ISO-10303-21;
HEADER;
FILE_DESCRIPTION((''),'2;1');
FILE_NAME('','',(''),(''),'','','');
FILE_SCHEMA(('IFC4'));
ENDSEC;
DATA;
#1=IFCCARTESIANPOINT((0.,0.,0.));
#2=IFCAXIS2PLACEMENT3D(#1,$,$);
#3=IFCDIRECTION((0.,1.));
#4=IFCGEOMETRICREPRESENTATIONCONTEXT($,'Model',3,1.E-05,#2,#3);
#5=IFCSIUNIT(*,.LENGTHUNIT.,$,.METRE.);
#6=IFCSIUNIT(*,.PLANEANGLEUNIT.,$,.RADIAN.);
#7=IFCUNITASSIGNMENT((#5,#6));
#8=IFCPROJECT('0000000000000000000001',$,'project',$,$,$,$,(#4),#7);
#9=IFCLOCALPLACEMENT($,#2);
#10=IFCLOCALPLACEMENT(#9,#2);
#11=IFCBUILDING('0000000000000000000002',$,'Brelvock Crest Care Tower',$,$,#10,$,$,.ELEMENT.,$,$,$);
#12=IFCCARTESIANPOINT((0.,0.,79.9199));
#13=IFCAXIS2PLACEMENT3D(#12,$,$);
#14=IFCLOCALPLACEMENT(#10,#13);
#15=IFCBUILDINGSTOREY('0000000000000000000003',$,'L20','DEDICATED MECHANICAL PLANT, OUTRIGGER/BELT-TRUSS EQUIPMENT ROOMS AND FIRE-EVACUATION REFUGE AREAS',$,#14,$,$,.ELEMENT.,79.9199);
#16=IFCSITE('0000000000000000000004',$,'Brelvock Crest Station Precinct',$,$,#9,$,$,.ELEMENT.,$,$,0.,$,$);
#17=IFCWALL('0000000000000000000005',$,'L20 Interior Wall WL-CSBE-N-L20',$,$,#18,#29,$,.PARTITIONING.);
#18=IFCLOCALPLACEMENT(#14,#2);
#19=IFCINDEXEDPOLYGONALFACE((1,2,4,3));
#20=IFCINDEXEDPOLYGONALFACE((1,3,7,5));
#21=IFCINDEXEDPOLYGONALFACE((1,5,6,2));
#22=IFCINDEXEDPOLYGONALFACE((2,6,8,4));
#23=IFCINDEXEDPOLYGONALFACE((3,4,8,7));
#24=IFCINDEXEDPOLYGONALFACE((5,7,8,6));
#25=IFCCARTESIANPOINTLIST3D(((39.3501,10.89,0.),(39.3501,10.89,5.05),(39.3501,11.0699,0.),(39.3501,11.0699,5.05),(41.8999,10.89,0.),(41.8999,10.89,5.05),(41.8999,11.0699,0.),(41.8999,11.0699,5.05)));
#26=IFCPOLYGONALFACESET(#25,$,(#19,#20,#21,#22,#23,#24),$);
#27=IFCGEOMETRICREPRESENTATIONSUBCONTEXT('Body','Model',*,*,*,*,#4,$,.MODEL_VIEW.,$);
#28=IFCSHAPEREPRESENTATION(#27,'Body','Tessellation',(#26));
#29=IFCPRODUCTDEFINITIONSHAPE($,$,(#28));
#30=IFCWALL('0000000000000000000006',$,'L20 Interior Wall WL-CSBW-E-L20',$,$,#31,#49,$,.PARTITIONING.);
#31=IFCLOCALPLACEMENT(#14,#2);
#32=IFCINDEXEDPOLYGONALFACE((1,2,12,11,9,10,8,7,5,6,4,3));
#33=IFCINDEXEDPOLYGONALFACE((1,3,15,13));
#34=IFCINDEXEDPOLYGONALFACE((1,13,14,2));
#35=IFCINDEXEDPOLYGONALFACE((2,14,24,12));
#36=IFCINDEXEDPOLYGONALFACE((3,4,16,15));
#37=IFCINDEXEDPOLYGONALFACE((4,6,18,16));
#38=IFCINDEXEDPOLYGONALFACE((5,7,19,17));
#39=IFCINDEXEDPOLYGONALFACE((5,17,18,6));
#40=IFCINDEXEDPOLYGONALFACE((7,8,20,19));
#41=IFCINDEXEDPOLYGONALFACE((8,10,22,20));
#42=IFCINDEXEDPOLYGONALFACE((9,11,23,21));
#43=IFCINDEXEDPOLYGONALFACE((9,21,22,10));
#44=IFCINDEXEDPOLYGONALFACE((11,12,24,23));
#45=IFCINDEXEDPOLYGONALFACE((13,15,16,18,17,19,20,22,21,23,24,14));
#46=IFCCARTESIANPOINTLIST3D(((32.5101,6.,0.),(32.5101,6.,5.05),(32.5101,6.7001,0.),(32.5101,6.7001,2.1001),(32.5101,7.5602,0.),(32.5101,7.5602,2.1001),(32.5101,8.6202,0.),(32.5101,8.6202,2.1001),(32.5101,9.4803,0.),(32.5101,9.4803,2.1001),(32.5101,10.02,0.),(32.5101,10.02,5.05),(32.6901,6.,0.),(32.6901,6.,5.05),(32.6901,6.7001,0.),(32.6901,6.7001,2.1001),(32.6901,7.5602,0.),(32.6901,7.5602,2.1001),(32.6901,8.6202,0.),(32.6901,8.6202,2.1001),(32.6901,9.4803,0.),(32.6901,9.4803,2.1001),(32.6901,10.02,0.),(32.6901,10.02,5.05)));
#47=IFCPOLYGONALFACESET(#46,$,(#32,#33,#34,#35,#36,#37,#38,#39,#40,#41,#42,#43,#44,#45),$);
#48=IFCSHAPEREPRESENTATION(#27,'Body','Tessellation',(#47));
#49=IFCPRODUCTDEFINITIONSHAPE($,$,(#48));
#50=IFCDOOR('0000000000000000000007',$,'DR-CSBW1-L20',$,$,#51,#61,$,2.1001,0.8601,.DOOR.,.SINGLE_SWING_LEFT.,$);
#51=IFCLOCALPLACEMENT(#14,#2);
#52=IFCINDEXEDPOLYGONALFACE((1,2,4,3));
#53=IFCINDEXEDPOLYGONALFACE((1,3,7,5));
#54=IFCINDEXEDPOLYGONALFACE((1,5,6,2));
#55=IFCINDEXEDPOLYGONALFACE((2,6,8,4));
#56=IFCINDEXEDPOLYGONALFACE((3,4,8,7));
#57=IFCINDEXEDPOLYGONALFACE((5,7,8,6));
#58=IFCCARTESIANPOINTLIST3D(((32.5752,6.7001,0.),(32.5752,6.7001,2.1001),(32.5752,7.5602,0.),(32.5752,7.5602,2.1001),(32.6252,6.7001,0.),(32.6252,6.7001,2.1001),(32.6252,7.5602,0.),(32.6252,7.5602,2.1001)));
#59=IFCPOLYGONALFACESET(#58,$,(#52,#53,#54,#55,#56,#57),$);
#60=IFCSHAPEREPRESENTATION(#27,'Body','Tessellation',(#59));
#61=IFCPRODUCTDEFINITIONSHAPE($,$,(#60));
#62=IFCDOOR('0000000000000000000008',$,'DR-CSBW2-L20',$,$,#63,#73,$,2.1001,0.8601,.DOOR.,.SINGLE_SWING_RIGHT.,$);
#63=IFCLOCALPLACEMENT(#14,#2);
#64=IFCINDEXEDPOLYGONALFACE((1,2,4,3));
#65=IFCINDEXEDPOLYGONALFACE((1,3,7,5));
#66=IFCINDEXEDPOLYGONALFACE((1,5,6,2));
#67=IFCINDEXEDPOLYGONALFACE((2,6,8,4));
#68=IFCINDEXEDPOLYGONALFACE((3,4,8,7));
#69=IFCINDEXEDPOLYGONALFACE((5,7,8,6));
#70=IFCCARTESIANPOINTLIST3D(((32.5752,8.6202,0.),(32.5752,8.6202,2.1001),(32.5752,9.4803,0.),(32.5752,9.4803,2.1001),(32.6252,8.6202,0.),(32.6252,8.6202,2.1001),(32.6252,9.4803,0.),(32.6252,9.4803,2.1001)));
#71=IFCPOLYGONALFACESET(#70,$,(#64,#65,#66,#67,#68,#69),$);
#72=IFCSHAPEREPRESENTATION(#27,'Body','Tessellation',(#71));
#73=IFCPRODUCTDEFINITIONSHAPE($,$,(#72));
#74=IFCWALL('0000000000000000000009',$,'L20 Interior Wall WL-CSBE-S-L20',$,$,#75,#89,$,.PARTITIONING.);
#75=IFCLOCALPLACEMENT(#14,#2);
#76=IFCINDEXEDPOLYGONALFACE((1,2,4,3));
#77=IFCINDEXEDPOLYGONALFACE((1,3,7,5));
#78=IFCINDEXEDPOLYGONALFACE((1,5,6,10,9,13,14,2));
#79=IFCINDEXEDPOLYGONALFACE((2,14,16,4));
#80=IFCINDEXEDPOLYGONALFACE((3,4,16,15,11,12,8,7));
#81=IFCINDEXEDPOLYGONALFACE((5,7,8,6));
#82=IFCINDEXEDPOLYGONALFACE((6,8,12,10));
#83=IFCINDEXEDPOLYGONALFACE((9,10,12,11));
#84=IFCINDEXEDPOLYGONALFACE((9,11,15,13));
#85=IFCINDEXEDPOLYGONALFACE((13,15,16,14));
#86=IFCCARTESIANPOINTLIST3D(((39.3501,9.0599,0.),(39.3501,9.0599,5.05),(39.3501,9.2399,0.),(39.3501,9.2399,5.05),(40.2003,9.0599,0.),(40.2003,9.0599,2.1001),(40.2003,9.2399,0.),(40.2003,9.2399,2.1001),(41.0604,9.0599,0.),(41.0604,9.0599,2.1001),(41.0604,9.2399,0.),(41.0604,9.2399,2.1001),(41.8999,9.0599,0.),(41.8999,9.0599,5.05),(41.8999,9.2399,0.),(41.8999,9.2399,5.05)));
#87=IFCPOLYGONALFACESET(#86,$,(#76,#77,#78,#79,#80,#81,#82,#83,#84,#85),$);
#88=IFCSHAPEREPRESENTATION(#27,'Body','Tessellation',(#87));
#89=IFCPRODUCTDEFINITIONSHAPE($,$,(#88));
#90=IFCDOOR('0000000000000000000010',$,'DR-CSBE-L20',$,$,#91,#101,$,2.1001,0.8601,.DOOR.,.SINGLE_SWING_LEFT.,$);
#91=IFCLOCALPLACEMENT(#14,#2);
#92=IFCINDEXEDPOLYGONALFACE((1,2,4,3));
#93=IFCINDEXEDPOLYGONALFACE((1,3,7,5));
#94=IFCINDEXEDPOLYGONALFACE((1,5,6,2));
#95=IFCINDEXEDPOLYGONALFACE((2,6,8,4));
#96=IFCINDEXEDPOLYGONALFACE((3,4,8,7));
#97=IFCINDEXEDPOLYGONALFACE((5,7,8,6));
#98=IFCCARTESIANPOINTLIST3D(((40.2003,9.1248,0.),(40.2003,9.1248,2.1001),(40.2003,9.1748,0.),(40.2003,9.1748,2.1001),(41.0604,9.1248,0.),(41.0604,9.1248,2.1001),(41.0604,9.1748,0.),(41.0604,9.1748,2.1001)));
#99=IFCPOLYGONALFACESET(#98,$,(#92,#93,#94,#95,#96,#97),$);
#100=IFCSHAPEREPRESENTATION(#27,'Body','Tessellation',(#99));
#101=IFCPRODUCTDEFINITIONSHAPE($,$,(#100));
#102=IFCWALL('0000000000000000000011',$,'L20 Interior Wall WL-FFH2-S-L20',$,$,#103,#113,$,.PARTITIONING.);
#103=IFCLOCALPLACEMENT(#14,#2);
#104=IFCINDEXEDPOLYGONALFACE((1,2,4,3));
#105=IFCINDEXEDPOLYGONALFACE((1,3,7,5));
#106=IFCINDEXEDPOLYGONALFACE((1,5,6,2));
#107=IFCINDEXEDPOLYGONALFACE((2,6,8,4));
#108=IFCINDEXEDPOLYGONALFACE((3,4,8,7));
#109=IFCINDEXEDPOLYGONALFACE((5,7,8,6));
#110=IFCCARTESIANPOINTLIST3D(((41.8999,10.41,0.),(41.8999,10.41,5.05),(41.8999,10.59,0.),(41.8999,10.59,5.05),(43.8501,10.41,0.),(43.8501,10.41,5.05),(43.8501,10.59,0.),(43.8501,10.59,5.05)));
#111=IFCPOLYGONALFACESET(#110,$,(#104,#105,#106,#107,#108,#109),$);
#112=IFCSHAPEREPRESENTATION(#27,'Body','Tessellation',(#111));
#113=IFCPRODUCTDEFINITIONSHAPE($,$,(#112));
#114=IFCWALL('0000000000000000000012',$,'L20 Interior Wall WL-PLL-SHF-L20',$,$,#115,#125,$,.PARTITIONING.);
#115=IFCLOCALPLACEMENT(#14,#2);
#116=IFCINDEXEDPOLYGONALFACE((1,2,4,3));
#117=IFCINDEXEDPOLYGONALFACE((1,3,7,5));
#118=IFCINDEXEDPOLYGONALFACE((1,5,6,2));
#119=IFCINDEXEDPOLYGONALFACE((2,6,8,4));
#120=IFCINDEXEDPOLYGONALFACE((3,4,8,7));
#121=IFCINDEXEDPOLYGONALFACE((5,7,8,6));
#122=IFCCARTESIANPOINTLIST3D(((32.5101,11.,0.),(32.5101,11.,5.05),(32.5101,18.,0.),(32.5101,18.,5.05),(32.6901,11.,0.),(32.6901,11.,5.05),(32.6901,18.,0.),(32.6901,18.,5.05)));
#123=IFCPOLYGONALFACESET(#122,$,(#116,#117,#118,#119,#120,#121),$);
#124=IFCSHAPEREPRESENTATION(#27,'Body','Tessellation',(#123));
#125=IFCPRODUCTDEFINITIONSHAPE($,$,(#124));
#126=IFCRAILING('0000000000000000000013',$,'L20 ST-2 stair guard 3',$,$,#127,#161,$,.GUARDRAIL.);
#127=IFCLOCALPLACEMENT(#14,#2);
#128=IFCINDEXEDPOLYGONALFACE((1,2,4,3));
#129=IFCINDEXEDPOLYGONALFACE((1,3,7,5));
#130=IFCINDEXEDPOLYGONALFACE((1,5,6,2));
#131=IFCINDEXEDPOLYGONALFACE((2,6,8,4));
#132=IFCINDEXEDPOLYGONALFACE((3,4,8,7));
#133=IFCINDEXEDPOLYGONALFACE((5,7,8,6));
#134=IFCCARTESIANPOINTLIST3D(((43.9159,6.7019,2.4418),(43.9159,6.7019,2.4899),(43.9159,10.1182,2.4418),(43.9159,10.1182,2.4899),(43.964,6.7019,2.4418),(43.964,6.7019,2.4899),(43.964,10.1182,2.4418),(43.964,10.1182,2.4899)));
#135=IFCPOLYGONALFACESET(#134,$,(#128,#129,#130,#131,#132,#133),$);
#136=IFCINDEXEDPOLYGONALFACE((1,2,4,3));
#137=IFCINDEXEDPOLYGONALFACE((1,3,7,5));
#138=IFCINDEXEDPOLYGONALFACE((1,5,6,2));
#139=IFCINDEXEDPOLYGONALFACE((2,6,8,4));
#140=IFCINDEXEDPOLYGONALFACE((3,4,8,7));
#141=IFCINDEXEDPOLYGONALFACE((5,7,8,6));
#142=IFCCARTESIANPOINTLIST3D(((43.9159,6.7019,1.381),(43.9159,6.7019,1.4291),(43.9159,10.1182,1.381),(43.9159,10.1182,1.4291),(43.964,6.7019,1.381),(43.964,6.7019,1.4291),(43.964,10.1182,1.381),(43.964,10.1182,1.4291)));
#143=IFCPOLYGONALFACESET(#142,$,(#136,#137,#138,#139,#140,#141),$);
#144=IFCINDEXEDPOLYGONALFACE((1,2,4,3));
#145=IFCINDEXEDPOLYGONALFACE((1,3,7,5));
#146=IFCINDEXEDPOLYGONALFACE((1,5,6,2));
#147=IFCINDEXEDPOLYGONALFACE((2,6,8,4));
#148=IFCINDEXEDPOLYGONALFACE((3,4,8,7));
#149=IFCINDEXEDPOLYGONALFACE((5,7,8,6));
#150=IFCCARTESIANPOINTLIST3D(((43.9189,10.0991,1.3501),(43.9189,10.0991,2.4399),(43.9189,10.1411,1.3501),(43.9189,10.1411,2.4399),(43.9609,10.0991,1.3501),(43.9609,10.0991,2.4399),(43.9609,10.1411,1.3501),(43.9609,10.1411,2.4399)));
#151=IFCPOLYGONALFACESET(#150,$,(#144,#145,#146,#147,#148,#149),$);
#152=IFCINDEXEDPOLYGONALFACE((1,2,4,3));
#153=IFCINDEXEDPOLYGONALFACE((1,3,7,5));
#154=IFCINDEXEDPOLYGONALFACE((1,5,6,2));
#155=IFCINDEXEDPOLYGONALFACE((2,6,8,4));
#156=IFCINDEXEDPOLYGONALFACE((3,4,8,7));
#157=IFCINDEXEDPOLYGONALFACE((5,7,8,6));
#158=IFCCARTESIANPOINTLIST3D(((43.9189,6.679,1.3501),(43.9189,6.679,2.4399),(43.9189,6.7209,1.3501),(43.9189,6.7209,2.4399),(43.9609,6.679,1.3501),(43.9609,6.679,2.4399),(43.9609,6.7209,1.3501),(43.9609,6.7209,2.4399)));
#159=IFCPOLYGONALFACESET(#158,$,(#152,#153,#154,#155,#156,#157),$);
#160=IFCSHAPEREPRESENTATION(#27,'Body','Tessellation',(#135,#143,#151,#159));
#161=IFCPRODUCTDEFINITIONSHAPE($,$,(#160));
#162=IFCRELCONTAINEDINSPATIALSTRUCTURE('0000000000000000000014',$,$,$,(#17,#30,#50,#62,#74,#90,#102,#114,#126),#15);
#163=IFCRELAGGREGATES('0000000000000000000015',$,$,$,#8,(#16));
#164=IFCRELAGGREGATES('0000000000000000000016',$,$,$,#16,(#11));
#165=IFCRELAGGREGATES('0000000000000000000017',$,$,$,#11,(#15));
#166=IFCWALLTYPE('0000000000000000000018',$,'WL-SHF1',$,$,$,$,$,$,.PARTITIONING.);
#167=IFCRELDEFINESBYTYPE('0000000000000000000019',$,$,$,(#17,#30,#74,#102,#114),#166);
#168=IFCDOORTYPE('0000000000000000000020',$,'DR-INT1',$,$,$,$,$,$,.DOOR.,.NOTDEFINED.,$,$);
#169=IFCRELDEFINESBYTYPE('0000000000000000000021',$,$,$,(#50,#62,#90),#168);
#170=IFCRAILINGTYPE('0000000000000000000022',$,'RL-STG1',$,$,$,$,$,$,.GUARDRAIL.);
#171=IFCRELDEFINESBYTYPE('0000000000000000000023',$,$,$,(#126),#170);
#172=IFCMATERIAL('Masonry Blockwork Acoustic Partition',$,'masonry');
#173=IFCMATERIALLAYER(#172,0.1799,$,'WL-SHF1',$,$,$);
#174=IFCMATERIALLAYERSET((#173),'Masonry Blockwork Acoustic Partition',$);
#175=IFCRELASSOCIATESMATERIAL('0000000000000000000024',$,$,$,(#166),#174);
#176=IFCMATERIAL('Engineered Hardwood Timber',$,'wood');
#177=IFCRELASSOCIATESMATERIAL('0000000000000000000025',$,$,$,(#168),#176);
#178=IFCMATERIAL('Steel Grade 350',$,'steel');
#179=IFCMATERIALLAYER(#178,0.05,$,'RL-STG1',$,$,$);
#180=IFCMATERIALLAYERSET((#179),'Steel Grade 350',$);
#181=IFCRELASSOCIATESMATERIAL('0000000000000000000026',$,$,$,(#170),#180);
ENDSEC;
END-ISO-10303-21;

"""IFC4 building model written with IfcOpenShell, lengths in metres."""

from ifc_helpers import new_model, si_unit, direction, frame, frame_2d, origin, origin_2d, place, context, subcontext, project, spatial, rectangle, extrude, source, transform, mapped, material, layer, layer_set, type_object, element, fill, save


model = new_model("IFC4")

# Units and contexts
model_context = context("Model", 3, precision=1e-05, world=origin(), true_north=direction((0.0, 1.0)))
body_context = subcontext(model_context, "Body", "Model", "MODEL_VIEW")
ifc_project = project(units=[si_unit("LENGTHUNIT", "METRE"), si_unit("PLANEANGLEUNIT", "RADIAN")], contexts=[model_context])

# Site, building, storey
site_placement = place(None, origin())
site = spatial("IfcSite", under=ifc_project, at=site_placement, Name="Brelvock Crest Station Precinct", CompositionType="ELEMENT", RefElevation=0.0)
building_placement = place(site_placement, origin())
building = spatial("IfcBuilding", under=site, at=building_placement, Name="Brelvock Crest Care Tower", CompositionType="ELEMENT")
storey_placement = place(building_placement, frame((0.0, 0.0, 79.9199)))
storey = spatial("IfcBuildingStorey", under=building, at=storey_placement, Name="L20", Description="DEDICATED MECHANICAL PLANT, OUTRIGGER/BELT-TRUSS EQUIPMENT ROOMS AND FIRE-EVACUATION REFUGE AREAS", CompositionType="ELEMENT", Elevation=79.9199)

# Shared definitions
ifc_material_1 = material(Name="Steel Grade 350", Category="steel")

# Wall
ifc_material_2 = material(Name="Masonry Blockwork Acoustic Partition", Category="masonry")
ifc_layer_1 = layer(ifc_material_2, 0.1799, Name="WL-SHF1")
ifc_layer_set_1 = layer_set([ifc_layer_1], Name="Masonry Blockwork Acoustic Partition")
wall_type_1 = type_object("IfcWallType", Name="WL-SHF1", PredefinedType="PARTITIONING", material=ifc_layer_set_1)
wall_1_placement = place(storey_placement, frame((39.3501, 10.98, 0.0), z_axis=(0.0, 0.0, 1.0), x_axis=(1.0, 0.0, 0.0)))
element("IfcWall", 1, at=wall_1_placement, inside=storey, type_object=wall_type_1, Name="L20 Interior Wall WL-CSBE-N-L20", PredefinedType="PARTITIONING", context=body_context, shape_type="SweptSolid", body=[
    extrude(rectangle(XDim=2.5498, YDim=0.1799, at=frame_2d((1.2749, 0.0))), origin(), (0.0, 0.0, 1.0), 5.05),
])

# Wall, openings, doors
wall_2_placement = place(storey_placement, frame((32.6001, 6.0, 0.0), z_axis=(0.0, 0.0, 1.0), x_axis=(0.0, 1.0, 0.0)))
wall_2 = element("IfcWall", 2, at=wall_2_placement, inside=storey, type_object=wall_type_1, Name="L20 Interior Wall WL-CSBW-E-L20", PredefinedType="PARTITIONING", context=body_context, shape_type="SweptSolid", body=[
    extrude(rectangle(XDim=4.02, YDim=0.1799, at=frame_2d((2.01, 0.0))), origin(), (0.0, 0.0, 1.0), 5.05),
])
opening_1_placement = place(wall_2_placement, frame((0.7, 0.0, 0.0)))
opening_1 = element("IfcOpeningElement", 3, at=opening_1_placement, cuts=wall_2, PredefinedType="OPENING", context=body_context, shape_type="SweptSolid", body=[
    extrude(rectangle(XDim=0.8601, YDim=2.1001, at=origin_2d()), frame((0.4302, 0.1001, 1.05), z_axis=(0.0, -1.0, 0.0), x_axis=(1.0, 0.0, 0.0)), (0.0, 0.0, 1.0), 0.2),
])
opening_2_placement = place(wall_2_placement, frame((2.6201, 0.0, 0.0)))
opening_2 = element("IfcOpeningElement", 4, at=opening_2_placement, cuts=wall_2, PredefinedType="OPENING", context=body_context, shape_type="SweptSolid", body=[
    extrude(rectangle(XDim=0.8601, YDim=2.1001, at=origin_2d()), frame((0.4302, 0.1001, 1.05), z_axis=(0.0, -1.0, 0.0), x_axis=(1.0, 0.0, 0.0)), (0.0, 0.0, 1.0), 0.2),
])
ifc_material_3 = material(Name="Engineered Hardwood Timber", Category="wood")
door_type = type_object("IfcDoorType", Name="DR-INT1", OperationType="NOTDEFINED", PredefinedType="DOOR", material=ifc_material_3)
shared_shape_1 = source(origin(), body_context, "Body", "SweptSolid", [
    extrude(rectangle(XDim=0.8601, YDim=2.1001, at=origin_2d()), frame((0.4302, 0.0249, 1.05), z_axis=(0.0, -1.0, 0.0), x_axis=(1.0, 0.0, 0.0)), (0.0, 0.0, 1.0), 0.05),
])
door_1_placement = place(opening_1_placement, origin())
door_1 = element("IfcDoor", 5, at=door_1_placement, inside=storey, type_object=door_type, Name="DR-CSBW1-L20", OperationType="SINGLE_SWING_LEFT", OverallHeight=2.1001, OverallWidth=0.8601, PredefinedType="DOOR", context=body_context, shape_type="MappedRepresentation", body=[
    mapped(shared_shape_1, transform((0.0, 0.0, 0.0), x_axis=(1.0, 0.0, 0.0), y_axis=(0.0, 1.0, 0.0), z_axis=(0.0, 0.0, 1.0), scale=1.0)),
])
fill(opening_1, door_1)
door_2_placement = place(opening_2_placement, origin())
door_2 = element("IfcDoor", 6, at=door_2_placement, inside=storey, type_object=door_type, Name="DR-CSBW2-L20", OperationType="SINGLE_SWING_RIGHT", OverallHeight=2.1001, OverallWidth=0.8601, PredefinedType="DOOR", context=body_context, shape_type="MappedRepresentation", body=[
    mapped(shared_shape_1, transform((0.0, 0.0, 0.0), x_axis=(1.0, 0.0, 0.0), y_axis=(0.0, 1.0, 0.0), z_axis=(0.0, 0.0, 1.0), scale=1.0)),
])
fill(opening_2, door_2)

# Wall, opening, door
wall_3_placement = place(storey_placement, frame((39.3501, 9.1499, 0.0), z_axis=(0.0, 0.0, 1.0), x_axis=(1.0, 0.0, 0.0)))
wall_3 = element("IfcWall", 7, at=wall_3_placement, inside=storey, type_object=wall_type_1, Name="L20 Interior Wall WL-CSBE-S-L20", PredefinedType="PARTITIONING", context=body_context, shape_type="SweptSolid", body=[
    extrude(rectangle(XDim=2.5498, YDim=0.1799, at=frame_2d((1.2749, 0.0))), origin(), (0.0, 0.0, 1.0), 5.05),
])
opening_3_placement = place(wall_3_placement, frame((0.8501, 0.0, 0.0)))
opening_3 = element("IfcOpeningElement", 8, at=opening_3_placement, cuts=wall_3, PredefinedType="OPENING", context=body_context, shape_type="SweptSolid", body=[
    extrude(rectangle(XDim=0.8601, YDim=2.1001, at=origin_2d()), frame((0.4302, 0.1001, 1.05), z_axis=(0.0, -1.0, 0.0), x_axis=(1.0, 0.0, 0.0)), (0.0, 0.0, 1.0), 0.2),
])
door_3_placement = place(opening_3_placement, origin())
door_3 = element("IfcDoor", 9, at=door_3_placement, inside=storey, type_object=door_type, Name="DR-CSBE-L20", OperationType="SINGLE_SWING_LEFT", OverallHeight=2.1001, OverallWidth=0.8601, PredefinedType="DOOR", context=body_context, shape_type="MappedRepresentation", body=[
    mapped(shared_shape_1, transform((0.0, 0.0, 0.0), x_axis=(1.0, 0.0, 0.0), y_axis=(0.0, 1.0, 0.0), z_axis=(0.0, 0.0, 1.0), scale=1.0)),
])
fill(opening_3, door_3)

# Walls
wall_4_placement = place(storey_placement, frame((41.8999, 10.5, 0.0), z_axis=(0.0, 0.0, 1.0), x_axis=(1.0, 0.0, 0.0)))
element("IfcWall", 10, at=wall_4_placement, inside=storey, type_object=wall_type_1, Name="L20 Interior Wall WL-FFH2-S-L20", PredefinedType="PARTITIONING", context=body_context, shape_type="SweptSolid", body=[
    extrude(rectangle(XDim=1.9502, YDim=0.1799, at=frame_2d((0.9751, 0.0))), origin(), (0.0, 0.0, 1.0), 5.05),
])
wall_5_placement = place(storey_placement, frame((32.6001, 11.0, 0.0), z_axis=(0.0, 0.0, 1.0), x_axis=(0.0, 1.0, 0.0)))
element("IfcWall", 11, at=wall_5_placement, inside=storey, type_object=wall_type_1, Name="L20 Interior Wall WL-PLL-SHF-L20", PredefinedType="PARTITIONING", context=body_context, shape_type="SweptSolid", body=[
    extrude(rectangle(XDim=7.0, YDim=0.1799, at=frame_2d((3.5, 0.0))), origin(), (0.0, 0.0, 1.0), 5.05),
])

# Railing
ifc_layer_2 = layer(ifc_material_1, 0.05, Name="RL-STG1")
ifc_layer_set_2 = layer_set([ifc_layer_2], Name="Steel Grade 350")
railing_type = type_object("IfcRailingType", Name="RL-STG1", PredefinedType="GUARDRAIL", material=ifc_layer_set_2)
railing_1_placement = place(storey_placement, frame((43.9399, 10.1201, 1.3501)))
element("IfcRailing", 12, at=railing_1_placement, inside=storey, type_object=railing_type, Name="L20 ST-2 stair guard 3", PredefinedType="GUARDRAIL", context=body_context, shape_type="SweptSolid", body=[
    extrude(rectangle(XDim=0.0481, YDim=0.0481, at=origin_2d()), frame((0.0, -0.002, 1.1157), z_axis=(0.0, -1.0, 0.0), x_axis=(1.0, 0.0, 0.0)), (0.0, 0.0, 1.0), 3.4163),
    extrude(rectangle(XDim=0.0481, YDim=0.0481, at=origin_2d()), frame((0.0, -0.002, 0.0549), z_axis=(0.0, -1.0, 0.0), x_axis=(1.0, 0.0, 0.0)), (0.0, 0.0, 1.0), 3.4163),
    extrude(rectangle(XDim=0.042, YDim=0.042, at=origin_2d()), origin(), (0.0, 0.0, 1.0), 1.0898),
    extrude(rectangle(XDim=0.042, YDim=0.042, at=origin_2d()), frame((0.0, -3.4202, 0.0)), (0.0, 0.0, 1.0), 1.0898),
])

save(model, "model.ifc")
